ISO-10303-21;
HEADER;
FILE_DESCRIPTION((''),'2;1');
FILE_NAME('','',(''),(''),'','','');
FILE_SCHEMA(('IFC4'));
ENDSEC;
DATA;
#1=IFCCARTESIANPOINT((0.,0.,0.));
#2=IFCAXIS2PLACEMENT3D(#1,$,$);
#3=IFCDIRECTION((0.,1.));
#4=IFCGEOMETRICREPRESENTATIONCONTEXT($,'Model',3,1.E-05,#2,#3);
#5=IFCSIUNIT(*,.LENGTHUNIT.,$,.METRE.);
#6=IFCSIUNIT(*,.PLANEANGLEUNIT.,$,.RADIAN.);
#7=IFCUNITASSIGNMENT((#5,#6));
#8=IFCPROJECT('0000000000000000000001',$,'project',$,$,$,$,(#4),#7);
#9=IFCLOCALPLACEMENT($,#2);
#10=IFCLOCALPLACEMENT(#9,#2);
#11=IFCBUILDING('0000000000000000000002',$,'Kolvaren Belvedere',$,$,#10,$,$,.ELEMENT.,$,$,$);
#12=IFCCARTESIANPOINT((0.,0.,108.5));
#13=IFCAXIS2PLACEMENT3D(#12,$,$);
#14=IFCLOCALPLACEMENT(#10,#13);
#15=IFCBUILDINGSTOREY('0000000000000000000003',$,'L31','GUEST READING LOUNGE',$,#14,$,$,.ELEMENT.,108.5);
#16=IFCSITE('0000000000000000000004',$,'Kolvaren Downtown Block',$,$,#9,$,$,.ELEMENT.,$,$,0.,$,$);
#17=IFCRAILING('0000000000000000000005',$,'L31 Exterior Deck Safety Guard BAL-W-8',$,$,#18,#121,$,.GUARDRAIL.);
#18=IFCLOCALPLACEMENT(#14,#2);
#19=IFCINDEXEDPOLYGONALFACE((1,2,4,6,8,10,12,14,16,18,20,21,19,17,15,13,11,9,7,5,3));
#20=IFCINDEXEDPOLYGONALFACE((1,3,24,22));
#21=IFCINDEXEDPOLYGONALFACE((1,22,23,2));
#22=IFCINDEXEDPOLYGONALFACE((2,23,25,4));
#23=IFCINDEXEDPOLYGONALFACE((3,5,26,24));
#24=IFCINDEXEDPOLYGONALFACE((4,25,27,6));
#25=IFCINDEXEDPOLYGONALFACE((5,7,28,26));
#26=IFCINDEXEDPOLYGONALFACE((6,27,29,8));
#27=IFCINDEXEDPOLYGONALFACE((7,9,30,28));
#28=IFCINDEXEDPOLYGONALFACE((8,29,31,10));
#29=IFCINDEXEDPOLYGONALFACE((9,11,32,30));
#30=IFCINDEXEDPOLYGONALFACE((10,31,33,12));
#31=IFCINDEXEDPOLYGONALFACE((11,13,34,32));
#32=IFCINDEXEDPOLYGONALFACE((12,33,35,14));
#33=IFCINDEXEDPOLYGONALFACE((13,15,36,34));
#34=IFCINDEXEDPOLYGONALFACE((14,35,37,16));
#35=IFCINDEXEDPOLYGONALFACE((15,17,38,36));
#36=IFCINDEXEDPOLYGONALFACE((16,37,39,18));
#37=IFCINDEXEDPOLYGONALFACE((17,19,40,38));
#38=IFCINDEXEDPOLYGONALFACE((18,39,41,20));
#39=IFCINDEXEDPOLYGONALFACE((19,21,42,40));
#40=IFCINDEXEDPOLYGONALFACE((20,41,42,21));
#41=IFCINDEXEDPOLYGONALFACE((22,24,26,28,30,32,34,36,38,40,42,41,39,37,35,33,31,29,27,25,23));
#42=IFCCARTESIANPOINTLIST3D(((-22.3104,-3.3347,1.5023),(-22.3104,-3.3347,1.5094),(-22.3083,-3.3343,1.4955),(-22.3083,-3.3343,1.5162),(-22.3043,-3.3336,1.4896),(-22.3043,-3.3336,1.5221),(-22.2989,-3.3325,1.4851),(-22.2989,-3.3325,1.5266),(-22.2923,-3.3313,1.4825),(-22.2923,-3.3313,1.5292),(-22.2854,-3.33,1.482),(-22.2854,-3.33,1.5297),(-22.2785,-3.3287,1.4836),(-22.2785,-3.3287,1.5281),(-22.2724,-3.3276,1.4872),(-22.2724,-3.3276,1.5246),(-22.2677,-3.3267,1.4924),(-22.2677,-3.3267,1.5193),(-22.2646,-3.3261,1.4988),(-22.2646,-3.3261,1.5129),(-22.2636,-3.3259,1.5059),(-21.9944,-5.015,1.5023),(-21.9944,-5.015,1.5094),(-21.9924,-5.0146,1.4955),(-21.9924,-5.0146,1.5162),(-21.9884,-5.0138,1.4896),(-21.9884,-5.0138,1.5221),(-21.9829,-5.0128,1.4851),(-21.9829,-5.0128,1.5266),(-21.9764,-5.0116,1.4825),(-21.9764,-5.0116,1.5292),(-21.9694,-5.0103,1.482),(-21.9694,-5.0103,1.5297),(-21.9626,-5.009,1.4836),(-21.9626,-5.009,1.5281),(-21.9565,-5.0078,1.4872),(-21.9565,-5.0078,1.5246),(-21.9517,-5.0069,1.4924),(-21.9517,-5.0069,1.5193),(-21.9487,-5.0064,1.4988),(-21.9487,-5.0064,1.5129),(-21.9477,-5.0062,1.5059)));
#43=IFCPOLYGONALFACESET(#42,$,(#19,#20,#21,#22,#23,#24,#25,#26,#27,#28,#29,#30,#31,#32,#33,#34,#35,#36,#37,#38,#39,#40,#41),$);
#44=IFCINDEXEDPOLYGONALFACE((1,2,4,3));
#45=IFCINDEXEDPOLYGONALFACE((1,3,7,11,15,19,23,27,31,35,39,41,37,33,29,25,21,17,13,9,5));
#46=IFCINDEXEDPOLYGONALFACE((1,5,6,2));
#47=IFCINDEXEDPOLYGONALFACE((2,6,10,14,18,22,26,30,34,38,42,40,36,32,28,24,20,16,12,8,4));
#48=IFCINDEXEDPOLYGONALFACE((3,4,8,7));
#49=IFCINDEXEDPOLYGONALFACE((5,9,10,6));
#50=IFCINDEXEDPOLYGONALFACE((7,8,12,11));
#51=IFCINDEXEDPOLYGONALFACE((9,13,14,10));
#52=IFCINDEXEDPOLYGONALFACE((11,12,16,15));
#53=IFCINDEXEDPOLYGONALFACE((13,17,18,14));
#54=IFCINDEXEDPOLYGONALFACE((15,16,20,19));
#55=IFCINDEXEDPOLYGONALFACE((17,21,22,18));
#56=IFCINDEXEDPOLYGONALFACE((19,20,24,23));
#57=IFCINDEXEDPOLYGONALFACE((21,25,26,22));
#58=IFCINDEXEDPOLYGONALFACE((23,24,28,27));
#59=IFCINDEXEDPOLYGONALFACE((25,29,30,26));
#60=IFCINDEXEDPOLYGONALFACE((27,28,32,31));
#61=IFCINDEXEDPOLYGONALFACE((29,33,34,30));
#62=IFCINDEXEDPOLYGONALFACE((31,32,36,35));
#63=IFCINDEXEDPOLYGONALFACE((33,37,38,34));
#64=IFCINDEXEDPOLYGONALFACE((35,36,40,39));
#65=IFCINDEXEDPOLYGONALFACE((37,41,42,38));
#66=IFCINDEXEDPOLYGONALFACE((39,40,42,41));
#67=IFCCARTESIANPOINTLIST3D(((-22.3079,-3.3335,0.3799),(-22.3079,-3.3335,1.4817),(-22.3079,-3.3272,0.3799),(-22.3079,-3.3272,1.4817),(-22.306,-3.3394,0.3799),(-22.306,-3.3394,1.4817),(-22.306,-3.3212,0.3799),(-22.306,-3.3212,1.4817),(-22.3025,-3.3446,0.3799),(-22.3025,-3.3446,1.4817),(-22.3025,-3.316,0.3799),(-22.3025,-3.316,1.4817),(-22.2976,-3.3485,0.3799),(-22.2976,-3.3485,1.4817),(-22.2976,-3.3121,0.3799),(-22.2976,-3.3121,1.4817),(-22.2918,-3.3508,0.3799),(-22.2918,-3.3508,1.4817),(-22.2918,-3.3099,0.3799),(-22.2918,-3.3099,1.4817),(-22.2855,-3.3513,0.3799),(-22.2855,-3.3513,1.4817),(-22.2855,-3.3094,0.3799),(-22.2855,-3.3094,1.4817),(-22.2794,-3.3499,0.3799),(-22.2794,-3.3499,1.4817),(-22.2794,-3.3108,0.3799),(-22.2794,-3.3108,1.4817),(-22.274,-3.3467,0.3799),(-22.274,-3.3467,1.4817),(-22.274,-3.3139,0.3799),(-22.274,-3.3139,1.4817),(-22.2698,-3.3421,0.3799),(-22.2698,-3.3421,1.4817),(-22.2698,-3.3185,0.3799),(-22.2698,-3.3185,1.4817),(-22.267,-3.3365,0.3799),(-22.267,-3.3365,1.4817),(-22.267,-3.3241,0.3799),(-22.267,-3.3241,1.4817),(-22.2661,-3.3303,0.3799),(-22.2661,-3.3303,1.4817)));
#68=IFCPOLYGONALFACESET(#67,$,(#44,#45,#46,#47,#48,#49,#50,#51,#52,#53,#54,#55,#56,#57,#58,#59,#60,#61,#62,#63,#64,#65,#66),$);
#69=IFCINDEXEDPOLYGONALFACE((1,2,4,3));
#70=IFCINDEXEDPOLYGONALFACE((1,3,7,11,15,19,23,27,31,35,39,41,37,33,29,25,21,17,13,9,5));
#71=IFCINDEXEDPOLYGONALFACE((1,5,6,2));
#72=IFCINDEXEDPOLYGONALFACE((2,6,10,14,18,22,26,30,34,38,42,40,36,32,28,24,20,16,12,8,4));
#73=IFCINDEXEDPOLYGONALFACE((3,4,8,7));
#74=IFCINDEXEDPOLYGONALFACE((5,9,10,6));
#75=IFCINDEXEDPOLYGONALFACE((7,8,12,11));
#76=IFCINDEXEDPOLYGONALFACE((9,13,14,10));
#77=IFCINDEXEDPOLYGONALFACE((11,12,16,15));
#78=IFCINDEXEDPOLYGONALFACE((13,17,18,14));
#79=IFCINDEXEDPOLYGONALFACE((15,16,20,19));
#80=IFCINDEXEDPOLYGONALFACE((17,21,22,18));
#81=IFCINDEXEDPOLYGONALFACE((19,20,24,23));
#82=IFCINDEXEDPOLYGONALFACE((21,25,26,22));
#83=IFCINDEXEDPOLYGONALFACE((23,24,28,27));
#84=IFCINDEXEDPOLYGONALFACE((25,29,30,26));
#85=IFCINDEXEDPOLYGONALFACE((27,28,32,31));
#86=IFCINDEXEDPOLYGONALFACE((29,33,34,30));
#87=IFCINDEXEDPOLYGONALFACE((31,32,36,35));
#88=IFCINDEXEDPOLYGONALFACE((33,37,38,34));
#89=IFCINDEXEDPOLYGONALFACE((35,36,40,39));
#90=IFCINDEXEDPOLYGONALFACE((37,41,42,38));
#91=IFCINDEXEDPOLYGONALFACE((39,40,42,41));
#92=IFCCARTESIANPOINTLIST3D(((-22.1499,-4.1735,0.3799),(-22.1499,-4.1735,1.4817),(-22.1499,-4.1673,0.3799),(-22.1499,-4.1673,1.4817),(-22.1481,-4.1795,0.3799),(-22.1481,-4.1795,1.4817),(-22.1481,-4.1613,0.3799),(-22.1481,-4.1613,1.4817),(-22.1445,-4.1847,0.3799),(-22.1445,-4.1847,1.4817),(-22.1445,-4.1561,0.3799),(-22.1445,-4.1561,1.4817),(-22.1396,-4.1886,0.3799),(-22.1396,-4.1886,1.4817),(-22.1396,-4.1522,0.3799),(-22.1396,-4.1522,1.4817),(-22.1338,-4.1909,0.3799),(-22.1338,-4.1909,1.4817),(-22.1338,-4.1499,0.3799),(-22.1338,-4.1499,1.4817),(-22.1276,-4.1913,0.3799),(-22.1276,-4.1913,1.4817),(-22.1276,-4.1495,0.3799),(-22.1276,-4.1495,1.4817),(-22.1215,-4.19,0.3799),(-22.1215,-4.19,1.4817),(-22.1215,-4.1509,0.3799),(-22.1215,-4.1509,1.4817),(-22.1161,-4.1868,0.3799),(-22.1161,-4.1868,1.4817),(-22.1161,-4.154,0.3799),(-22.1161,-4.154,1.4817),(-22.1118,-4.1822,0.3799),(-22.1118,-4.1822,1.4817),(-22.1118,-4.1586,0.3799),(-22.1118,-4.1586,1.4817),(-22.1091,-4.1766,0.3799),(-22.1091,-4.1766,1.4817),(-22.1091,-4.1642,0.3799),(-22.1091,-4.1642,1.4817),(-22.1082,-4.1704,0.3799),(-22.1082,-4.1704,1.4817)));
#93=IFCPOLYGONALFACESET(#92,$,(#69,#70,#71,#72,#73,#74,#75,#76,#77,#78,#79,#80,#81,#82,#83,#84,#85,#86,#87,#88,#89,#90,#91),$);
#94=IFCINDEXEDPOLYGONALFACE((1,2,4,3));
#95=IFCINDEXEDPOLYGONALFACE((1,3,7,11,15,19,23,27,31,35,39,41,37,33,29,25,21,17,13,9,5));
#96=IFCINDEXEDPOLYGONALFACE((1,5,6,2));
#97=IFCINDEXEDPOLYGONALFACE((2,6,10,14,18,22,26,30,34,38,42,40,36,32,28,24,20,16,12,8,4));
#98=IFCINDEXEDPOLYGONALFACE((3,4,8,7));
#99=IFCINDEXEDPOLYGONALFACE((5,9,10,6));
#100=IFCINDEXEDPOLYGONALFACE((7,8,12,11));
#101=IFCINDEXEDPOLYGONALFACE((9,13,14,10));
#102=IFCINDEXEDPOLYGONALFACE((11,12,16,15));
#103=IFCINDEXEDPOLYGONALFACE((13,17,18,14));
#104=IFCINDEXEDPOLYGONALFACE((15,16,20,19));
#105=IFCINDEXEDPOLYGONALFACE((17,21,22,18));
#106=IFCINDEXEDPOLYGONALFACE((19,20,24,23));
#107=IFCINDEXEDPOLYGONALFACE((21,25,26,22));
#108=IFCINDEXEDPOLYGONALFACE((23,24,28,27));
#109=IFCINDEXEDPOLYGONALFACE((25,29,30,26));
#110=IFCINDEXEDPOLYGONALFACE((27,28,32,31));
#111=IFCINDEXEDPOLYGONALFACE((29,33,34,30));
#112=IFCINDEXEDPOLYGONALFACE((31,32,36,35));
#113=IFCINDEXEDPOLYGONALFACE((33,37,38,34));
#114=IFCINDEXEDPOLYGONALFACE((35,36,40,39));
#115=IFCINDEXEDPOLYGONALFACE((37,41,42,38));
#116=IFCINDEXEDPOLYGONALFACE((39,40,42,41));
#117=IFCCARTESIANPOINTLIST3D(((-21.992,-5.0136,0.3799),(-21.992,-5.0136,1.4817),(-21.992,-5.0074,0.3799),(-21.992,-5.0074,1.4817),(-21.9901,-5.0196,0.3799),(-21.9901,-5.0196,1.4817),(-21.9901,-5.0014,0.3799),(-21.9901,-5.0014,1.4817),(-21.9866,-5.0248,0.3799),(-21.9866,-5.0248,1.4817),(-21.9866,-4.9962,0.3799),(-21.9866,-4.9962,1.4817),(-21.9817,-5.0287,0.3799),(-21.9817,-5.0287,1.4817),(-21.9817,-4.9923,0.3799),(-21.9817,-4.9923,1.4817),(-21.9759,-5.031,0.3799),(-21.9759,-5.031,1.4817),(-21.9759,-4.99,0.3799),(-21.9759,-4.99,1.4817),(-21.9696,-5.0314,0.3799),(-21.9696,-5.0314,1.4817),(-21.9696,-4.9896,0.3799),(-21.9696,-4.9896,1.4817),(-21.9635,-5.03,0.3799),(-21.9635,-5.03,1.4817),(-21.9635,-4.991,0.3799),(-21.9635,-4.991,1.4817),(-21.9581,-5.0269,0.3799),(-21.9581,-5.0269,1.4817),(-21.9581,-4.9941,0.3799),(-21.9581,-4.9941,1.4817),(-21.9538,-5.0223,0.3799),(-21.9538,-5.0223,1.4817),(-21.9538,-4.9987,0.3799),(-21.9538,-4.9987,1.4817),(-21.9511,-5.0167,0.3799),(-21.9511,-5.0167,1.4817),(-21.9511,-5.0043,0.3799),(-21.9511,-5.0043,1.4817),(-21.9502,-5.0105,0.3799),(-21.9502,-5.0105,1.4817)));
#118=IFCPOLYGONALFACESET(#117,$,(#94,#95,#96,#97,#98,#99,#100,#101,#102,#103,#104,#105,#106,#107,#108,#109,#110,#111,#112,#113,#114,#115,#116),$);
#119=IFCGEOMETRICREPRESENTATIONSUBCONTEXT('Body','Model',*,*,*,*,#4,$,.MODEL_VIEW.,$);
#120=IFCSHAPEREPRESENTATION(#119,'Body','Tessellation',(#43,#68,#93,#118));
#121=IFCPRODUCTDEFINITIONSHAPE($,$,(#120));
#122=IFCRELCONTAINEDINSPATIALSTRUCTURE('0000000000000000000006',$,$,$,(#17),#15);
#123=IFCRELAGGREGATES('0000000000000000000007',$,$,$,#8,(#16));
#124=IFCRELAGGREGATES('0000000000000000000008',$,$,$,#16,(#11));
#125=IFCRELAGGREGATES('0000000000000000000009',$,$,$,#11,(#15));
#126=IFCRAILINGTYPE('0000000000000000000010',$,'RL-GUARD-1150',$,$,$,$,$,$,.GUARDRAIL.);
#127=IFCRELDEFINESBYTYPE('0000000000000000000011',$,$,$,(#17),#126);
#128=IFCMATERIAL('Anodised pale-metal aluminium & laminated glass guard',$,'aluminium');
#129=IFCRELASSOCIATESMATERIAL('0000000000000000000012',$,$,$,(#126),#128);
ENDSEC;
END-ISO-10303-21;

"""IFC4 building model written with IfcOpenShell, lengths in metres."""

from ifc_helpers import new_model, si_unit, direction, frame, origin, origin_2d, place, context, subcontext, project, spatial, circle, extrude, material, type_object, element, save


model = new_model("IFC4")

# Units and contexts
model_context = context("Model", 3, precision=1e-05, world=origin(), true_north=direction((0.0, 1.0)))
body_context = subcontext(model_context, "Body", "Model", "MODEL_VIEW")
ifc_project = project(units=[si_unit("LENGTHUNIT", "METRE"), si_unit("PLANEANGLEUNIT", "RADIAN")], contexts=[model_context])

# Site, building, storey
site_placement = place(None, origin())
site = spatial("IfcSite", under=ifc_project, at=site_placement, Name="Kolvaren Downtown Block", CompositionType="ELEMENT", RefElevation=0.0)
building_placement = place(site_placement, origin())
building = spatial("IfcBuilding", under=site, at=building_placement, Name="Kolvaren Belvedere", CompositionType="ELEMENT")
storey_placement = place(building_placement, frame((0.0, 0.0, 108.5)))
storey = spatial("IfcBuildingStorey", under=building, at=storey_placement, Name="L31", Description="GUEST READING LOUNGE", CompositionType="ELEMENT", Elevation=108.5)

# Railing
ifc_material_1 = material(Name="Anodised pale-metal aluminium & laminated glass guard", Category="aluminium")
railing_type = type_object("IfcRailingType", Name="RL-GUARD-1150", PredefinedType="GUARDRAIL", material=ifc_material_1)
railing_1_placement = place(storey_placement, frame((-22.2871, -3.3303, 0.3799)))
element("IfcRailing", 1, at=railing_1_placement, inside=storey, type_object=railing_type, Name="L31 Exterior Deck Safety Guard BAL-W-8", PredefinedType="GUARDRAIL", context=body_context, shape_type="SweptSolid", body=[
    extrude(circle(Radius=0.0239, at=origin_2d()), frame((0.0, 0.0, 1.126), z_axis=(0.184789, -0.982778, 0.0), x_axis=(0.982778, 0.184789, 0.0)), (0.0, 0.0, 1.0), 1.7097),
    extrude(circle(Radius=0.021, at=origin_2d()), origin(), (0.0, 0.0, 1.0), 1.1018),
    extrude(circle(Radius=0.021, at=origin_2d()), frame((0.158, -0.8401, 0.0)), (0.0, 0.0, 1.0), 1.1018),
    extrude(circle(Radius=0.021, at=origin_2d()), frame((0.3159, -1.6802, 0.0)), (0.0, 0.0, 1.0), 1.1018),
])

save(model, "model.ifc")
